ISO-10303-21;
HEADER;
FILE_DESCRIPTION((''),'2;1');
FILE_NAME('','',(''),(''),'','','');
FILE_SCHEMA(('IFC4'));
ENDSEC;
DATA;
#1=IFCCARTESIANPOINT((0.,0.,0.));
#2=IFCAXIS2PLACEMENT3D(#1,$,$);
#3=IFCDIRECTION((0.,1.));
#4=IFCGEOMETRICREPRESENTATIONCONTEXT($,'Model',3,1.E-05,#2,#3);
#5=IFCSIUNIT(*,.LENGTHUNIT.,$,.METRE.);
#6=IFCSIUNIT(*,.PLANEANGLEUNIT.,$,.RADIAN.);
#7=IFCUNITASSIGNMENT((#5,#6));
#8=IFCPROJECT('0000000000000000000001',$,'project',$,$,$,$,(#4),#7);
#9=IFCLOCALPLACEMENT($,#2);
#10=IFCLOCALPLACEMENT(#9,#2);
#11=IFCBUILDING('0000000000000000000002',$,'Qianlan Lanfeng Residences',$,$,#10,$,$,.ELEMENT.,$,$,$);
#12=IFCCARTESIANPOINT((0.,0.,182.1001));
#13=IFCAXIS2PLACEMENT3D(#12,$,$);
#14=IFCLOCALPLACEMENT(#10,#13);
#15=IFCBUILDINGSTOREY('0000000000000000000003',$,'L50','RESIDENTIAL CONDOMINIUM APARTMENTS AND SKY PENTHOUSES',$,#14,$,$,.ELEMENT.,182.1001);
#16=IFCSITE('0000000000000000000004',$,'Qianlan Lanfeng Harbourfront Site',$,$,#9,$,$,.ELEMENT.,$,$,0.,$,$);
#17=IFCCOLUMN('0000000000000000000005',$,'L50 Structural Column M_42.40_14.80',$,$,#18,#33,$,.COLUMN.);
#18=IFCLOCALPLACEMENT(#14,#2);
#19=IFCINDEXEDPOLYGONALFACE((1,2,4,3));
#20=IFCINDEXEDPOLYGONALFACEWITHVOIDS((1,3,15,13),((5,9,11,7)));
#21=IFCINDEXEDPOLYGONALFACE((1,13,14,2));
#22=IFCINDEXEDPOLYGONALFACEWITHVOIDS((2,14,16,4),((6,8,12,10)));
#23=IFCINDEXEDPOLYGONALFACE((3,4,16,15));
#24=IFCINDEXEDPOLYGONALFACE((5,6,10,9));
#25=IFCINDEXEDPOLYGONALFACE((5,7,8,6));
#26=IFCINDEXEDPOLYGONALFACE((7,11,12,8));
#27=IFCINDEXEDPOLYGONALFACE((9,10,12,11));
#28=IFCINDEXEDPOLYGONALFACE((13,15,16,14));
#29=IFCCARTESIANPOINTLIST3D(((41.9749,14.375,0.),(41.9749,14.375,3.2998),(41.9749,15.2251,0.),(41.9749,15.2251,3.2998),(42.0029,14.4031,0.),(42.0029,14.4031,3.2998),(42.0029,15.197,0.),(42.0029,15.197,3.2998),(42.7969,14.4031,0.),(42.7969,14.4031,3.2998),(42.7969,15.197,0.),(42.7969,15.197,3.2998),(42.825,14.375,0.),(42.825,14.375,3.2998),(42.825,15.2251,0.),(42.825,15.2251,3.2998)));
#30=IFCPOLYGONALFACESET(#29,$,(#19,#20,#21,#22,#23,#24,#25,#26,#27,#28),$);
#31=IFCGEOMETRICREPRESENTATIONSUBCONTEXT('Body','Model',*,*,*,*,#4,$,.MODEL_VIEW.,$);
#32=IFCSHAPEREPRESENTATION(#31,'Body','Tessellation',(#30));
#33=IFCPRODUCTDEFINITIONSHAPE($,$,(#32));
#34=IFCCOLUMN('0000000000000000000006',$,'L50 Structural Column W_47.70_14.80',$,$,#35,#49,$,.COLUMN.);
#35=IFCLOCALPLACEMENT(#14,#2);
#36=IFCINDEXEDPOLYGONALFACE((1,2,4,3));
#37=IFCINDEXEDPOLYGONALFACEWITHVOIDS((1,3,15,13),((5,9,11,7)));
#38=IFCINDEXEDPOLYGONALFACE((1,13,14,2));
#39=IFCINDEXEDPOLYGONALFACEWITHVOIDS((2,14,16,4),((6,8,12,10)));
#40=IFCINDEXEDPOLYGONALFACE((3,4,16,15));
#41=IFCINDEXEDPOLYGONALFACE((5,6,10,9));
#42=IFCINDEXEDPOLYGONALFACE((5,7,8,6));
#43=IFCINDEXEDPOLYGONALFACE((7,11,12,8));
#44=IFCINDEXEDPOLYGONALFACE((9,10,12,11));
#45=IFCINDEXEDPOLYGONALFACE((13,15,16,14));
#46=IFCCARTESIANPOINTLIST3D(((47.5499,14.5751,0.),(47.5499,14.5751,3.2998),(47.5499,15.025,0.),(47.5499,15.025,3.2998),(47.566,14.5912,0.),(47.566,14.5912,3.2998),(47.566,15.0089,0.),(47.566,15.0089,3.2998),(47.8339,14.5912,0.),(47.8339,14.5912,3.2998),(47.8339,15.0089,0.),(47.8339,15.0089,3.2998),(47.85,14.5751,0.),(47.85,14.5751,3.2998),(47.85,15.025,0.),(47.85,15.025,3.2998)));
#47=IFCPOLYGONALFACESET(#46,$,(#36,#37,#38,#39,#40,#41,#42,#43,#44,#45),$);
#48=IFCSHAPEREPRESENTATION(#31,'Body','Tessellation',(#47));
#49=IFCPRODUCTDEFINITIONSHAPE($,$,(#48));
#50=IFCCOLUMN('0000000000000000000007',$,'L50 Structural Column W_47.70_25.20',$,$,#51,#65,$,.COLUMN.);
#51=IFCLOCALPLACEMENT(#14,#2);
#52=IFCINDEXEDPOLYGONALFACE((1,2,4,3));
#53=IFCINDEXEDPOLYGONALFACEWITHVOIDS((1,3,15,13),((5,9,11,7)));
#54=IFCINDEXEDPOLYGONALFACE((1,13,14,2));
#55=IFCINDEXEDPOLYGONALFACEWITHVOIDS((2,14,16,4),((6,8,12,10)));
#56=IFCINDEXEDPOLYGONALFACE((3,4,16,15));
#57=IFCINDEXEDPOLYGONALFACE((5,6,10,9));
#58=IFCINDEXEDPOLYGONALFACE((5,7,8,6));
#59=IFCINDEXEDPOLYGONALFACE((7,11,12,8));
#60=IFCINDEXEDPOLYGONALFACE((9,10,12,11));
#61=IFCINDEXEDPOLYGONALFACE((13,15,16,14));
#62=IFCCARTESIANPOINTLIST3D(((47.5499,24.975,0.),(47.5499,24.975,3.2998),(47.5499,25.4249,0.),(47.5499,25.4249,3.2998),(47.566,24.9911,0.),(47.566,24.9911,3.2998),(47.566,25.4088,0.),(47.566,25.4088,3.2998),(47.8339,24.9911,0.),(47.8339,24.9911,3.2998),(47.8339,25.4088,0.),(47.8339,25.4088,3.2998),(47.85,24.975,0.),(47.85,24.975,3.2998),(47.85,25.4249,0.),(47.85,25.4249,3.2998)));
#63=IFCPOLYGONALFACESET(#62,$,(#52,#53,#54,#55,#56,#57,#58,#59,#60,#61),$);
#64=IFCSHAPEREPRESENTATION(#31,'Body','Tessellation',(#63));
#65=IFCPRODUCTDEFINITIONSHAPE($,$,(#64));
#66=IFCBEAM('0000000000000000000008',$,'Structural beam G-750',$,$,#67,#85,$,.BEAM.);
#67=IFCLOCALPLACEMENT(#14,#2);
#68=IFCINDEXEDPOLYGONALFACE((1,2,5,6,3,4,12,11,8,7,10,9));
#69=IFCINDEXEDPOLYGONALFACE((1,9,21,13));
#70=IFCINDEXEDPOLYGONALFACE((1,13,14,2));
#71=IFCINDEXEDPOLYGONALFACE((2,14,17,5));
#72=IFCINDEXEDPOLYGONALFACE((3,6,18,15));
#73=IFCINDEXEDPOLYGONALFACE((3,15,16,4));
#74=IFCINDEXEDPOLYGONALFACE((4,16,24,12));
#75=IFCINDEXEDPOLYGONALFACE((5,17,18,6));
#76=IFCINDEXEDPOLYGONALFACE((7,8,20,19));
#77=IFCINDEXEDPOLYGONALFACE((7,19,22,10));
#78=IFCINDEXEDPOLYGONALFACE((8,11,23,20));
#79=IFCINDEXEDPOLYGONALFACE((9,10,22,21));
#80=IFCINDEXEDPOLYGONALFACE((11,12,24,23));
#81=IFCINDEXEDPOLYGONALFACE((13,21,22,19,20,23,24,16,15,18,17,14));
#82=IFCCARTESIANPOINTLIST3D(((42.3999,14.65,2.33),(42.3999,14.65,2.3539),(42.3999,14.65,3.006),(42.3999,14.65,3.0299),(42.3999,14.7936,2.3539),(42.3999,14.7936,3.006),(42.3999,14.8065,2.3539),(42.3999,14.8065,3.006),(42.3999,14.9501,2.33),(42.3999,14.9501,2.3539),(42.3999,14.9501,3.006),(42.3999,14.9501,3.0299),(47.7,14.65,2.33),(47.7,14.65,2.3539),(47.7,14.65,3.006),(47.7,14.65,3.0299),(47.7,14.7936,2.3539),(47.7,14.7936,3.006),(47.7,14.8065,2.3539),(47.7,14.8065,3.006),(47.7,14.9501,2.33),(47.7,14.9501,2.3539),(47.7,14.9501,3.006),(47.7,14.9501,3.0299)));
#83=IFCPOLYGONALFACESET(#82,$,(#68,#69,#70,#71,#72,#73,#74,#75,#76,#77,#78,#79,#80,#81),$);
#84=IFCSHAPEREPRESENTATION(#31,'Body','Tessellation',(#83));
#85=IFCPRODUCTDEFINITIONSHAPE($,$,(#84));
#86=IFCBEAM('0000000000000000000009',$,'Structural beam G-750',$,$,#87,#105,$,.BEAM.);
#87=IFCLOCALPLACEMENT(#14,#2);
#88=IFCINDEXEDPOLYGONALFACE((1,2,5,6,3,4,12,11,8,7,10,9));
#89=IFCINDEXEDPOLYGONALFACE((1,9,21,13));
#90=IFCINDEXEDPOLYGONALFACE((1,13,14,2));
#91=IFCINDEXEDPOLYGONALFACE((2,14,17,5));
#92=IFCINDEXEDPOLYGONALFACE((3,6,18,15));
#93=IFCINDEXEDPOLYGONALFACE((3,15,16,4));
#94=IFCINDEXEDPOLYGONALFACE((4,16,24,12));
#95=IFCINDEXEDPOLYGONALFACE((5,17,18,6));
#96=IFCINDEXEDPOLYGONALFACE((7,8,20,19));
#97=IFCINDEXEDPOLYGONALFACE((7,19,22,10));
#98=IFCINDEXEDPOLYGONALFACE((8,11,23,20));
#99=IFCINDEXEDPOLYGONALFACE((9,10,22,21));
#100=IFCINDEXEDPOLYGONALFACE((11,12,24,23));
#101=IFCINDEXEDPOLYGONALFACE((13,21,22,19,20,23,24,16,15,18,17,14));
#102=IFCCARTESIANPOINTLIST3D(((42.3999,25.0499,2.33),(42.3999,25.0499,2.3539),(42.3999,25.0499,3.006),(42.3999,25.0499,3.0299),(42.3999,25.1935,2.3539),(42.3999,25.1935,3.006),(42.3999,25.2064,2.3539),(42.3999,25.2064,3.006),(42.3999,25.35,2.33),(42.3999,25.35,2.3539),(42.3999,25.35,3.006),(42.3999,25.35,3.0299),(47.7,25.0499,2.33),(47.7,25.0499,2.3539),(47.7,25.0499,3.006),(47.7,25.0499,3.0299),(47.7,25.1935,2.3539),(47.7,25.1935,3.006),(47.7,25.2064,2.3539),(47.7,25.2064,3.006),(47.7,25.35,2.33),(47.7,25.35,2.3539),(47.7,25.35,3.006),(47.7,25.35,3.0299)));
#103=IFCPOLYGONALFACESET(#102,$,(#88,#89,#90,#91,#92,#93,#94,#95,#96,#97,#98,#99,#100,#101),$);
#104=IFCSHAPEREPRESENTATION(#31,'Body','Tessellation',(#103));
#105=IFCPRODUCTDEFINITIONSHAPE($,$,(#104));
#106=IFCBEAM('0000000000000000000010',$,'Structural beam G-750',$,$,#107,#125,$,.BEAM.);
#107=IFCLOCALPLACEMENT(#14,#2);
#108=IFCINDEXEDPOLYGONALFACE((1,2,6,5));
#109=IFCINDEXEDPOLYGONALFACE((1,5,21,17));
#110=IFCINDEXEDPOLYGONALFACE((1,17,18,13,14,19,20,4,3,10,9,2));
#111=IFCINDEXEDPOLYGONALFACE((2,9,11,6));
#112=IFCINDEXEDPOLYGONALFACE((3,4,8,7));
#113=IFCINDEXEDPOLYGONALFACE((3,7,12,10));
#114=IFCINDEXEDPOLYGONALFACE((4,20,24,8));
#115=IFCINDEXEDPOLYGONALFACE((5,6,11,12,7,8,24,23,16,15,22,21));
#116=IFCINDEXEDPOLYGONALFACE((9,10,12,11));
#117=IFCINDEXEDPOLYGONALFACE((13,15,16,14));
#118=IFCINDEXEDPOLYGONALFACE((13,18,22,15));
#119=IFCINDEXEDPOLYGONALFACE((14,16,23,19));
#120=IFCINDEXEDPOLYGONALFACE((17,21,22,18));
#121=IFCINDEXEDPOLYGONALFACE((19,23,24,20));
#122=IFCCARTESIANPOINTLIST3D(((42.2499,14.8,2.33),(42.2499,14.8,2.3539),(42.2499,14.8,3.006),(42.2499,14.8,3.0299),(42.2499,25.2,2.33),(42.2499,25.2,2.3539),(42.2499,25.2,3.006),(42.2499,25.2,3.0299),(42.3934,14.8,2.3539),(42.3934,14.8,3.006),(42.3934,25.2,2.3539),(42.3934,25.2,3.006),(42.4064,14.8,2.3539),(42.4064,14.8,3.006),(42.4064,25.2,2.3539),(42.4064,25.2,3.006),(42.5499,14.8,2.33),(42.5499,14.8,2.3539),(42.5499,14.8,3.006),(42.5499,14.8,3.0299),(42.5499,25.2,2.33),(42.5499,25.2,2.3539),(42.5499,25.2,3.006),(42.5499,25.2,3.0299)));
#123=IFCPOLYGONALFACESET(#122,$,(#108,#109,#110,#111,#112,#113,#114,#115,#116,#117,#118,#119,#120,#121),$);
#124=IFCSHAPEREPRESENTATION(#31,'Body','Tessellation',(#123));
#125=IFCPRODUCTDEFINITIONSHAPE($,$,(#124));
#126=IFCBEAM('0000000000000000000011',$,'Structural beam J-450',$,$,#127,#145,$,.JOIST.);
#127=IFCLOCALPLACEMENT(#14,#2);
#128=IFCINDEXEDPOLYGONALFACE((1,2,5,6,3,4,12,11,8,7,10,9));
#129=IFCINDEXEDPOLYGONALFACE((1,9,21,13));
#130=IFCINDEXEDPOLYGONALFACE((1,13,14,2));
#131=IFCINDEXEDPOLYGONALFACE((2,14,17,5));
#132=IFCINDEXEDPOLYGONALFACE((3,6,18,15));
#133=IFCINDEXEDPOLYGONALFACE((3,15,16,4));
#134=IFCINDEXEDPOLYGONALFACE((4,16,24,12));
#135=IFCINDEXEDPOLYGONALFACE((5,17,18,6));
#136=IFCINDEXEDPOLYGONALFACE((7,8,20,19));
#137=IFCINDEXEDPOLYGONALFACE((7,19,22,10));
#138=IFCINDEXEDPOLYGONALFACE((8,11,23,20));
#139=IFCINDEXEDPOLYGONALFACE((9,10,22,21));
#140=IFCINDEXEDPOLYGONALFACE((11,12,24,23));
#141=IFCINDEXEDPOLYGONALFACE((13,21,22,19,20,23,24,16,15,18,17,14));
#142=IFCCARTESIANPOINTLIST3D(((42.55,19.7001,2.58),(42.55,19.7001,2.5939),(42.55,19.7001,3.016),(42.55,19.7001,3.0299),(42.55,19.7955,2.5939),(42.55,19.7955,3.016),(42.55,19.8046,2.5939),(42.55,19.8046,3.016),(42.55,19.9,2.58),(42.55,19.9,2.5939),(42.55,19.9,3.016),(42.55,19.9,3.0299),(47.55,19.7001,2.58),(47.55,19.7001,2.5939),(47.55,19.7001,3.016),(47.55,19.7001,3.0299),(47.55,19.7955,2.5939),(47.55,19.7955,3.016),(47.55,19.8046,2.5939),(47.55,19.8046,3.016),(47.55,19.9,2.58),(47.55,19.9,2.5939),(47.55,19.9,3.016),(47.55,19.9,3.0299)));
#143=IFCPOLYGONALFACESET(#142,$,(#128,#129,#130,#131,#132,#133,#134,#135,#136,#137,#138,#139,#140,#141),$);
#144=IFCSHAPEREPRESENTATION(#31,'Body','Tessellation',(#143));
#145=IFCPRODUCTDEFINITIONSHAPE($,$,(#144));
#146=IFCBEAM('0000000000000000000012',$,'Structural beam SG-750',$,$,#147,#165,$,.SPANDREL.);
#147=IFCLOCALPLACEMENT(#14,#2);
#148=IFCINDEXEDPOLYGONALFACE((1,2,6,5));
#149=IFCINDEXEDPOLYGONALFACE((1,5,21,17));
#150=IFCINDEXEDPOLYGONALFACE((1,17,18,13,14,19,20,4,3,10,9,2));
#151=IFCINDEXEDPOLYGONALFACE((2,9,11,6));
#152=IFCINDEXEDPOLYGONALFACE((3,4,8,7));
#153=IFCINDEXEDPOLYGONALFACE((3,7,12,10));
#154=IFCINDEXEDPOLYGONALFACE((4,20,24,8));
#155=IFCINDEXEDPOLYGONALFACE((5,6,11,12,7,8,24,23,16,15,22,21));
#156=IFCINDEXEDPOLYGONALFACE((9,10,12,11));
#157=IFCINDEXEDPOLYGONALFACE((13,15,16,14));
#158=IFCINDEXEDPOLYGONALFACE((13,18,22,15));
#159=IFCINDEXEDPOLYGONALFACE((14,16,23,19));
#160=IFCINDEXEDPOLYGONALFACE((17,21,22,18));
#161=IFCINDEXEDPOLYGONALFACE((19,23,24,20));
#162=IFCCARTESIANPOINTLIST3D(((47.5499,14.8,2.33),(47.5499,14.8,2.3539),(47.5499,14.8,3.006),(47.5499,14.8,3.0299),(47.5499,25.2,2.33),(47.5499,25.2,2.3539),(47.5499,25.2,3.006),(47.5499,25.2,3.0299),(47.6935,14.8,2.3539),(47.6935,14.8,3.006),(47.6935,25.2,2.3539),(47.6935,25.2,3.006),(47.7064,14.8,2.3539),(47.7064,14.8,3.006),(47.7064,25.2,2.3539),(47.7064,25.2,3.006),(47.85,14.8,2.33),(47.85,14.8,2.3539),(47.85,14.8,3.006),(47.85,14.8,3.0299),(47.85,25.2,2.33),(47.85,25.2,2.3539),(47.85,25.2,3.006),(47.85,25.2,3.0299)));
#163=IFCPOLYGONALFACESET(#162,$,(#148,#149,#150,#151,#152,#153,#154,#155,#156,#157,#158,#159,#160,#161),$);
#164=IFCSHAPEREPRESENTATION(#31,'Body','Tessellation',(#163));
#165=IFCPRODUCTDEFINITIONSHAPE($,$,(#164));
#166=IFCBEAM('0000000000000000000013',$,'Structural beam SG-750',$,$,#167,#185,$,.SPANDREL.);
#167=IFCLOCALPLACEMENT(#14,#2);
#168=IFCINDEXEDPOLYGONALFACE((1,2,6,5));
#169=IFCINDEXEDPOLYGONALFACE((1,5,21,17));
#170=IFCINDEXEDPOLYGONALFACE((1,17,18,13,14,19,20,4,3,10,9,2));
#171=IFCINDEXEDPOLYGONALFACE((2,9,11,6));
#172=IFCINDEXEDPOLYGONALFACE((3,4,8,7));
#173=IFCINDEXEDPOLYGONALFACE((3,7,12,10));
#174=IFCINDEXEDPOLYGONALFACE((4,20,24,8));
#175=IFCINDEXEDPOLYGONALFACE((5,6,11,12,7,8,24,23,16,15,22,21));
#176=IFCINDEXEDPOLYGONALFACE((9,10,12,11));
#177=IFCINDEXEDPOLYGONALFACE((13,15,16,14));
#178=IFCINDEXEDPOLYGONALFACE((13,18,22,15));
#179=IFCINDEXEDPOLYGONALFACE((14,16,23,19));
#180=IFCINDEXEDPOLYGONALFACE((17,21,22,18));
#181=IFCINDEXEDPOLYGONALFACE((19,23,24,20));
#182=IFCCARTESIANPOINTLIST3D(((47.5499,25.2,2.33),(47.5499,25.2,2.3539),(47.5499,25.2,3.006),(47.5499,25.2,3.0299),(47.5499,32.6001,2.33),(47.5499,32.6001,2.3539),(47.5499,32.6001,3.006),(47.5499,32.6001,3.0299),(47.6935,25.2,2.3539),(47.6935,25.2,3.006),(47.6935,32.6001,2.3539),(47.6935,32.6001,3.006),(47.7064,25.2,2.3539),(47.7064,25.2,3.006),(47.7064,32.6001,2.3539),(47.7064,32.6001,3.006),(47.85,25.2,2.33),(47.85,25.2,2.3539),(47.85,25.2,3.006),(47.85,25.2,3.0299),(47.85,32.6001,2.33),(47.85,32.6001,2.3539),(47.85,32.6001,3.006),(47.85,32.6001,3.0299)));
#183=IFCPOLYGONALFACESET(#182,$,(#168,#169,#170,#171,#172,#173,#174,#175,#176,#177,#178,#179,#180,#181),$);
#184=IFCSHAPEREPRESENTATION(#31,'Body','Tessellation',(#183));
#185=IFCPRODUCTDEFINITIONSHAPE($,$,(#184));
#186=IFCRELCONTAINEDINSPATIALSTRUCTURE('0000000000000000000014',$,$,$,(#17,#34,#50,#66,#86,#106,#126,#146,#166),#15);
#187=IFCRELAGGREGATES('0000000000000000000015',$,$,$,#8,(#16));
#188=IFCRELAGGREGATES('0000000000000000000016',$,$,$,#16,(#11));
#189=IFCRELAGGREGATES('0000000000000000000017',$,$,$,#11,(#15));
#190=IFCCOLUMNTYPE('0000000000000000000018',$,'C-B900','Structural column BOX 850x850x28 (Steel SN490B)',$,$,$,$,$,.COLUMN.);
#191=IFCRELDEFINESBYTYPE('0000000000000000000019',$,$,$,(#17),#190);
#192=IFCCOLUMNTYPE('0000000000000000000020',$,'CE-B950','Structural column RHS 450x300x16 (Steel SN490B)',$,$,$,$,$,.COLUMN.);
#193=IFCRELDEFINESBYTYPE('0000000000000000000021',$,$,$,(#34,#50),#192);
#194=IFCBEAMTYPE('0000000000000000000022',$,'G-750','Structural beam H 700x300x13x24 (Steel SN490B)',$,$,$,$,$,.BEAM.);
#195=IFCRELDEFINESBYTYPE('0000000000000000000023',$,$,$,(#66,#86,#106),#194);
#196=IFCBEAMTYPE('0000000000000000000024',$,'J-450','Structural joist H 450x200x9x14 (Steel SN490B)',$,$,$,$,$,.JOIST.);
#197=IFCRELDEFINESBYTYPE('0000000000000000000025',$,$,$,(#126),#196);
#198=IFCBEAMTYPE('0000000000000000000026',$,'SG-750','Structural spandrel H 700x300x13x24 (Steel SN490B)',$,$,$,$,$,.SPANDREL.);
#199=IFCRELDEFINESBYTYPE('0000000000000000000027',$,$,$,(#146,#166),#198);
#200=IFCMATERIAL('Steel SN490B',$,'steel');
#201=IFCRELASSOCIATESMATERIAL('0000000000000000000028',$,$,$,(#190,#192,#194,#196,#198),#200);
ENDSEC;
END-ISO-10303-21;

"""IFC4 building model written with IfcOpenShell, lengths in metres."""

from ifc_helpers import new_model, si_unit, direction, frame, origin, origin_2d, place, context, subcontext, project, spatial, hollow_rectangle, i_section, extrude, material, material_profile, profile_set, type_object, element, save


model = new_model("IFC4")

# Units and contexts
model_context = context("Model", 3, precision=1e-05, world=origin(), true_north=direction((0.0, 1.0)))
body_context = subcontext(model_context, "Body", "Model", "MODEL_VIEW")
ifc_project = project(units=[si_unit("LENGTHUNIT", "METRE"), si_unit("PLANEANGLEUNIT", "RADIAN")], contexts=[model_context])

# Site, building, storey
site_placement = place(None, origin())
site = spatial("IfcSite", under=ifc_project, at=site_placement, Name="Qianlan Lanfeng Harbourfront Site", CompositionType="ELEMENT", RefElevation=0.0)
building_placement = place(site_placement, origin())
building = spatial("IfcBuilding", under=site, at=building_placement, Name="Qianlan Lanfeng Residences", CompositionType="ELEMENT")
storey_placement = place(building_placement, frame((0.0, 0.0, 182.1001)))
storey = spatial("IfcBuildingStorey", under=building, at=storey_placement, Name="L50", Description="RESIDENTIAL CONDOMINIUM APARTMENTS AND SKY PENTHOUSES", CompositionType="ELEMENT", Elevation=182.1001)

# Columns
ifc_material_1 = material(Name="Steel SN490B", Category="steel")
ifc_material_profile_1 = material_profile(ifc_material_1, hollow_rectangle(XDim=0.8501, YDim=0.8501, WallThickness=0.0281, at=origin_2d()), Name="BOX 850x850x28")
ifc_profile_set_1 = profile_set([ifc_material_profile_1], Name="Steel SN490B")
column_type_1 = type_object("IfcColumnType", Name="C-B900", Description="Structural column BOX 850x850x28 (Steel SN490B)", PredefinedType="COLUMN", material=ifc_profile_set_1)
column_placement = place(storey_placement, frame((42.3999, 14.8, 0.0), z_axis=(0.0, 0.0, 1.0), x_axis=(1.0, 0.0, 0.0)))
element("IfcColumn", 1, at=column_placement, inside=storey, type_object=column_type_1, Name="L50 Structural Column M_42.40_14.80", PredefinedType="COLUMN", context=body_context, shape_type="SweptSolid", body=[
    extrude(hollow_rectangle(XDim=0.8501, YDim=0.8501, WallThickness=0.0281, at=origin_2d()), origin(), (0.0, 0.0, 1.0), 3.2998),
])
ifc_material_profile_2 = material_profile(ifc_material_1, hollow_rectangle(XDim=0.3, YDim=0.45, WallThickness=0.0161, at=origin_2d()), Name="RHS 450x300x16")
ifc_profile_set_2 = profile_set([ifc_material_profile_2], Name="Steel SN490B")
column_type_2 = type_object("IfcColumnType", Name="CE-B950", Description="Structural column RHS 450x300x16 (Steel SN490B)", PredefinedType="COLUMN", material=ifc_profile_set_2)
for number, where, z_axis, x_axis, name in (
    (2, (47.7, 14.8, 0.0), (0.0, 0.0, 1.0), (1.0, 0.0, 0.0), "L50 Structural Column W_47.70_14.80"),
    (3, (47.7, 25.2, 0.0), (0.0, 0.0, 1.0), (1.0, 0.0, 0.0), "L50 Structural Column W_47.70_25.20"),
):
    element("IfcColumn", number, at=place(storey_placement, frame(where, z_axis=z_axis, x_axis=x_axis)), inside=storey, type_object=column_type_2, Name=name, PredefinedType="COLUMN", context=body_context, shape_type="SweptSolid", body=[
        extrude(hollow_rectangle(XDim=0.3, YDim=0.45, WallThickness=0.0161, at=origin_2d()), origin(), (0.0, 0.0, 1.0), 3.2998),
    ])

# Beams
ifc_material_profile_3 = material_profile(ifc_material_1, i_section(OverallWidth=0.3, OverallDepth=0.7, WebThickness=0.0129, FlangeThickness=0.0239, at=origin_2d()), Name="H 700x300x13x24")
ifc_profile_set_3 = profile_set([ifc_material_profile_3], Name="Steel SN490B")
beam_type_1 = type_object("IfcBeamType", Name="G-750", Description="Structural beam H 700x300x13x24 (Steel SN490B)", PredefinedType="BEAM", material=ifc_profile_set_3)
for number, where, z_axis, x_axis, name in (
    (4, (42.3999, 14.8, 2.6799), (1.0, 0.0, 0.0), (0.0, 1.0, 0.0), "Structural beam G-750"),
    (5, (42.3999, 25.2, 2.6799), (1.0, 0.0, 0.0), (0.0, 1.0, 0.0), "Structural beam G-750"),
):
    element("IfcBeam", number, at=place(storey_placement, frame(where, z_axis=z_axis, x_axis=x_axis)), inside=storey, type_object=beam_type_1, Name=name, PredefinedType="BEAM", context=body_context, shape_type="SweptSolid", body=[
        extrude(i_section(OverallWidth=0.3, OverallDepth=0.7, WebThickness=0.0129, FlangeThickness=0.0239, at=origin_2d()), origin(), (0.0, 0.0, 1.0), 5.3),
    ])
beam_1_placement = place(storey_placement, frame((42.3999, 14.8, 2.6799), z_axis=(0.0, 1.0, 0.0), x_axis=(-1.0, 0.0, 0.0)))
element("IfcBeam", 6, at=beam_1_placement, inside=storey, type_object=beam_type_1, Name="Structural beam G-750", PredefinedType="BEAM", context=body_context, shape_type="SweptSolid", body=[
    extrude(i_section(OverallWidth=0.3, OverallDepth=0.7, WebThickness=0.0129, FlangeThickness=0.0239, at=origin_2d()), origin(), (0.0, 0.0, 1.0), 10.3999),
])
ifc_material_profile_4 = material_profile(ifc_material_1, i_section(OverallWidth=0.2, OverallDepth=0.45, WebThickness=0.009, FlangeThickness=0.0139, at=origin_2d()), Name="H 450x200x9x14")
ifc_profile_set_4 = profile_set([ifc_material_profile_4], Name="Steel SN490B")
beam_type_2 = type_object("IfcBeamType", Name="J-450", Description="Structural joist H 450x200x9x14 (Steel SN490B)", PredefinedType="JOIST", material=ifc_profile_set_4)
beam_2_placement = place(storey_placement, frame((42.55, 19.8, 2.8049), z_axis=(1.0, 0.0, 0.0), x_axis=(0.0, 1.0, 0.0)))
element("IfcBeam", 7, at=beam_2_placement, inside=storey, type_object=beam_type_2, Name="Structural beam J-450", PredefinedType="JOIST", context=body_context, shape_type="SweptSolid", body=[
    extrude(i_section(OverallWidth=0.2, OverallDepth=0.45, WebThickness=0.009, FlangeThickness=0.0139, at=origin_2d()), origin(), (0.0, 0.0, 1.0), 5.0),
])
ifc_material_profile_5 = material_profile(ifc_material_1, i_section(OverallWidth=0.3, OverallDepth=0.7, WebThickness=0.0129, FlangeThickness=0.0239, at=origin_2d()), Name="H 700x300x13x24")
ifc_profile_set_5 = profile_set([ifc_material_profile_5], Name="Steel SN490B")
beam_type_3 = type_object("IfcBeamType", Name="SG-750", Description="Structural spandrel H 700x300x13x24 (Steel SN490B)", PredefinedType="SPANDREL", material=ifc_profile_set_5)
beam_3_placement = place(storey_placement, frame((47.7, 14.8, 2.6799), z_axis=(0.0, 1.0, 0.0), x_axis=(-1.0, 0.0, 0.0)))
element("IfcBeam", 8, at=beam_3_placement, inside=storey, type_object=beam_type_3, Name="Structural beam SG-750", PredefinedType="SPANDREL", context=body_context, shape_type="SweptSolid", body=[
    extrude(i_section(OverallWidth=0.3, OverallDepth=0.7, WebThickness=0.0129, FlangeThickness=0.0239, at=origin_2d()), origin(), (0.0, 0.0, 1.0), 10.3999),
])
beam_4_placement = place(storey_placement, frame((47.7, 25.2, 2.6799), z_axis=(0.0, 1.0, 0.0), x_axis=(-1.0, 0.0, 0.0)))
element("IfcBeam", 9, at=beam_4_placement, inside=storey, type_object=beam_type_3, Name="Structural beam SG-750", PredefinedType="SPANDREL", context=body_context, shape_type="SweptSolid", body=[
    extrude(i_section(OverallWidth=0.3, OverallDepth=0.7, WebThickness=0.0129, FlangeThickness=0.0239, at=origin_2d()), origin(), (0.0, 0.0, 1.0), 7.4001),
])

save(model, "model.ifc")
